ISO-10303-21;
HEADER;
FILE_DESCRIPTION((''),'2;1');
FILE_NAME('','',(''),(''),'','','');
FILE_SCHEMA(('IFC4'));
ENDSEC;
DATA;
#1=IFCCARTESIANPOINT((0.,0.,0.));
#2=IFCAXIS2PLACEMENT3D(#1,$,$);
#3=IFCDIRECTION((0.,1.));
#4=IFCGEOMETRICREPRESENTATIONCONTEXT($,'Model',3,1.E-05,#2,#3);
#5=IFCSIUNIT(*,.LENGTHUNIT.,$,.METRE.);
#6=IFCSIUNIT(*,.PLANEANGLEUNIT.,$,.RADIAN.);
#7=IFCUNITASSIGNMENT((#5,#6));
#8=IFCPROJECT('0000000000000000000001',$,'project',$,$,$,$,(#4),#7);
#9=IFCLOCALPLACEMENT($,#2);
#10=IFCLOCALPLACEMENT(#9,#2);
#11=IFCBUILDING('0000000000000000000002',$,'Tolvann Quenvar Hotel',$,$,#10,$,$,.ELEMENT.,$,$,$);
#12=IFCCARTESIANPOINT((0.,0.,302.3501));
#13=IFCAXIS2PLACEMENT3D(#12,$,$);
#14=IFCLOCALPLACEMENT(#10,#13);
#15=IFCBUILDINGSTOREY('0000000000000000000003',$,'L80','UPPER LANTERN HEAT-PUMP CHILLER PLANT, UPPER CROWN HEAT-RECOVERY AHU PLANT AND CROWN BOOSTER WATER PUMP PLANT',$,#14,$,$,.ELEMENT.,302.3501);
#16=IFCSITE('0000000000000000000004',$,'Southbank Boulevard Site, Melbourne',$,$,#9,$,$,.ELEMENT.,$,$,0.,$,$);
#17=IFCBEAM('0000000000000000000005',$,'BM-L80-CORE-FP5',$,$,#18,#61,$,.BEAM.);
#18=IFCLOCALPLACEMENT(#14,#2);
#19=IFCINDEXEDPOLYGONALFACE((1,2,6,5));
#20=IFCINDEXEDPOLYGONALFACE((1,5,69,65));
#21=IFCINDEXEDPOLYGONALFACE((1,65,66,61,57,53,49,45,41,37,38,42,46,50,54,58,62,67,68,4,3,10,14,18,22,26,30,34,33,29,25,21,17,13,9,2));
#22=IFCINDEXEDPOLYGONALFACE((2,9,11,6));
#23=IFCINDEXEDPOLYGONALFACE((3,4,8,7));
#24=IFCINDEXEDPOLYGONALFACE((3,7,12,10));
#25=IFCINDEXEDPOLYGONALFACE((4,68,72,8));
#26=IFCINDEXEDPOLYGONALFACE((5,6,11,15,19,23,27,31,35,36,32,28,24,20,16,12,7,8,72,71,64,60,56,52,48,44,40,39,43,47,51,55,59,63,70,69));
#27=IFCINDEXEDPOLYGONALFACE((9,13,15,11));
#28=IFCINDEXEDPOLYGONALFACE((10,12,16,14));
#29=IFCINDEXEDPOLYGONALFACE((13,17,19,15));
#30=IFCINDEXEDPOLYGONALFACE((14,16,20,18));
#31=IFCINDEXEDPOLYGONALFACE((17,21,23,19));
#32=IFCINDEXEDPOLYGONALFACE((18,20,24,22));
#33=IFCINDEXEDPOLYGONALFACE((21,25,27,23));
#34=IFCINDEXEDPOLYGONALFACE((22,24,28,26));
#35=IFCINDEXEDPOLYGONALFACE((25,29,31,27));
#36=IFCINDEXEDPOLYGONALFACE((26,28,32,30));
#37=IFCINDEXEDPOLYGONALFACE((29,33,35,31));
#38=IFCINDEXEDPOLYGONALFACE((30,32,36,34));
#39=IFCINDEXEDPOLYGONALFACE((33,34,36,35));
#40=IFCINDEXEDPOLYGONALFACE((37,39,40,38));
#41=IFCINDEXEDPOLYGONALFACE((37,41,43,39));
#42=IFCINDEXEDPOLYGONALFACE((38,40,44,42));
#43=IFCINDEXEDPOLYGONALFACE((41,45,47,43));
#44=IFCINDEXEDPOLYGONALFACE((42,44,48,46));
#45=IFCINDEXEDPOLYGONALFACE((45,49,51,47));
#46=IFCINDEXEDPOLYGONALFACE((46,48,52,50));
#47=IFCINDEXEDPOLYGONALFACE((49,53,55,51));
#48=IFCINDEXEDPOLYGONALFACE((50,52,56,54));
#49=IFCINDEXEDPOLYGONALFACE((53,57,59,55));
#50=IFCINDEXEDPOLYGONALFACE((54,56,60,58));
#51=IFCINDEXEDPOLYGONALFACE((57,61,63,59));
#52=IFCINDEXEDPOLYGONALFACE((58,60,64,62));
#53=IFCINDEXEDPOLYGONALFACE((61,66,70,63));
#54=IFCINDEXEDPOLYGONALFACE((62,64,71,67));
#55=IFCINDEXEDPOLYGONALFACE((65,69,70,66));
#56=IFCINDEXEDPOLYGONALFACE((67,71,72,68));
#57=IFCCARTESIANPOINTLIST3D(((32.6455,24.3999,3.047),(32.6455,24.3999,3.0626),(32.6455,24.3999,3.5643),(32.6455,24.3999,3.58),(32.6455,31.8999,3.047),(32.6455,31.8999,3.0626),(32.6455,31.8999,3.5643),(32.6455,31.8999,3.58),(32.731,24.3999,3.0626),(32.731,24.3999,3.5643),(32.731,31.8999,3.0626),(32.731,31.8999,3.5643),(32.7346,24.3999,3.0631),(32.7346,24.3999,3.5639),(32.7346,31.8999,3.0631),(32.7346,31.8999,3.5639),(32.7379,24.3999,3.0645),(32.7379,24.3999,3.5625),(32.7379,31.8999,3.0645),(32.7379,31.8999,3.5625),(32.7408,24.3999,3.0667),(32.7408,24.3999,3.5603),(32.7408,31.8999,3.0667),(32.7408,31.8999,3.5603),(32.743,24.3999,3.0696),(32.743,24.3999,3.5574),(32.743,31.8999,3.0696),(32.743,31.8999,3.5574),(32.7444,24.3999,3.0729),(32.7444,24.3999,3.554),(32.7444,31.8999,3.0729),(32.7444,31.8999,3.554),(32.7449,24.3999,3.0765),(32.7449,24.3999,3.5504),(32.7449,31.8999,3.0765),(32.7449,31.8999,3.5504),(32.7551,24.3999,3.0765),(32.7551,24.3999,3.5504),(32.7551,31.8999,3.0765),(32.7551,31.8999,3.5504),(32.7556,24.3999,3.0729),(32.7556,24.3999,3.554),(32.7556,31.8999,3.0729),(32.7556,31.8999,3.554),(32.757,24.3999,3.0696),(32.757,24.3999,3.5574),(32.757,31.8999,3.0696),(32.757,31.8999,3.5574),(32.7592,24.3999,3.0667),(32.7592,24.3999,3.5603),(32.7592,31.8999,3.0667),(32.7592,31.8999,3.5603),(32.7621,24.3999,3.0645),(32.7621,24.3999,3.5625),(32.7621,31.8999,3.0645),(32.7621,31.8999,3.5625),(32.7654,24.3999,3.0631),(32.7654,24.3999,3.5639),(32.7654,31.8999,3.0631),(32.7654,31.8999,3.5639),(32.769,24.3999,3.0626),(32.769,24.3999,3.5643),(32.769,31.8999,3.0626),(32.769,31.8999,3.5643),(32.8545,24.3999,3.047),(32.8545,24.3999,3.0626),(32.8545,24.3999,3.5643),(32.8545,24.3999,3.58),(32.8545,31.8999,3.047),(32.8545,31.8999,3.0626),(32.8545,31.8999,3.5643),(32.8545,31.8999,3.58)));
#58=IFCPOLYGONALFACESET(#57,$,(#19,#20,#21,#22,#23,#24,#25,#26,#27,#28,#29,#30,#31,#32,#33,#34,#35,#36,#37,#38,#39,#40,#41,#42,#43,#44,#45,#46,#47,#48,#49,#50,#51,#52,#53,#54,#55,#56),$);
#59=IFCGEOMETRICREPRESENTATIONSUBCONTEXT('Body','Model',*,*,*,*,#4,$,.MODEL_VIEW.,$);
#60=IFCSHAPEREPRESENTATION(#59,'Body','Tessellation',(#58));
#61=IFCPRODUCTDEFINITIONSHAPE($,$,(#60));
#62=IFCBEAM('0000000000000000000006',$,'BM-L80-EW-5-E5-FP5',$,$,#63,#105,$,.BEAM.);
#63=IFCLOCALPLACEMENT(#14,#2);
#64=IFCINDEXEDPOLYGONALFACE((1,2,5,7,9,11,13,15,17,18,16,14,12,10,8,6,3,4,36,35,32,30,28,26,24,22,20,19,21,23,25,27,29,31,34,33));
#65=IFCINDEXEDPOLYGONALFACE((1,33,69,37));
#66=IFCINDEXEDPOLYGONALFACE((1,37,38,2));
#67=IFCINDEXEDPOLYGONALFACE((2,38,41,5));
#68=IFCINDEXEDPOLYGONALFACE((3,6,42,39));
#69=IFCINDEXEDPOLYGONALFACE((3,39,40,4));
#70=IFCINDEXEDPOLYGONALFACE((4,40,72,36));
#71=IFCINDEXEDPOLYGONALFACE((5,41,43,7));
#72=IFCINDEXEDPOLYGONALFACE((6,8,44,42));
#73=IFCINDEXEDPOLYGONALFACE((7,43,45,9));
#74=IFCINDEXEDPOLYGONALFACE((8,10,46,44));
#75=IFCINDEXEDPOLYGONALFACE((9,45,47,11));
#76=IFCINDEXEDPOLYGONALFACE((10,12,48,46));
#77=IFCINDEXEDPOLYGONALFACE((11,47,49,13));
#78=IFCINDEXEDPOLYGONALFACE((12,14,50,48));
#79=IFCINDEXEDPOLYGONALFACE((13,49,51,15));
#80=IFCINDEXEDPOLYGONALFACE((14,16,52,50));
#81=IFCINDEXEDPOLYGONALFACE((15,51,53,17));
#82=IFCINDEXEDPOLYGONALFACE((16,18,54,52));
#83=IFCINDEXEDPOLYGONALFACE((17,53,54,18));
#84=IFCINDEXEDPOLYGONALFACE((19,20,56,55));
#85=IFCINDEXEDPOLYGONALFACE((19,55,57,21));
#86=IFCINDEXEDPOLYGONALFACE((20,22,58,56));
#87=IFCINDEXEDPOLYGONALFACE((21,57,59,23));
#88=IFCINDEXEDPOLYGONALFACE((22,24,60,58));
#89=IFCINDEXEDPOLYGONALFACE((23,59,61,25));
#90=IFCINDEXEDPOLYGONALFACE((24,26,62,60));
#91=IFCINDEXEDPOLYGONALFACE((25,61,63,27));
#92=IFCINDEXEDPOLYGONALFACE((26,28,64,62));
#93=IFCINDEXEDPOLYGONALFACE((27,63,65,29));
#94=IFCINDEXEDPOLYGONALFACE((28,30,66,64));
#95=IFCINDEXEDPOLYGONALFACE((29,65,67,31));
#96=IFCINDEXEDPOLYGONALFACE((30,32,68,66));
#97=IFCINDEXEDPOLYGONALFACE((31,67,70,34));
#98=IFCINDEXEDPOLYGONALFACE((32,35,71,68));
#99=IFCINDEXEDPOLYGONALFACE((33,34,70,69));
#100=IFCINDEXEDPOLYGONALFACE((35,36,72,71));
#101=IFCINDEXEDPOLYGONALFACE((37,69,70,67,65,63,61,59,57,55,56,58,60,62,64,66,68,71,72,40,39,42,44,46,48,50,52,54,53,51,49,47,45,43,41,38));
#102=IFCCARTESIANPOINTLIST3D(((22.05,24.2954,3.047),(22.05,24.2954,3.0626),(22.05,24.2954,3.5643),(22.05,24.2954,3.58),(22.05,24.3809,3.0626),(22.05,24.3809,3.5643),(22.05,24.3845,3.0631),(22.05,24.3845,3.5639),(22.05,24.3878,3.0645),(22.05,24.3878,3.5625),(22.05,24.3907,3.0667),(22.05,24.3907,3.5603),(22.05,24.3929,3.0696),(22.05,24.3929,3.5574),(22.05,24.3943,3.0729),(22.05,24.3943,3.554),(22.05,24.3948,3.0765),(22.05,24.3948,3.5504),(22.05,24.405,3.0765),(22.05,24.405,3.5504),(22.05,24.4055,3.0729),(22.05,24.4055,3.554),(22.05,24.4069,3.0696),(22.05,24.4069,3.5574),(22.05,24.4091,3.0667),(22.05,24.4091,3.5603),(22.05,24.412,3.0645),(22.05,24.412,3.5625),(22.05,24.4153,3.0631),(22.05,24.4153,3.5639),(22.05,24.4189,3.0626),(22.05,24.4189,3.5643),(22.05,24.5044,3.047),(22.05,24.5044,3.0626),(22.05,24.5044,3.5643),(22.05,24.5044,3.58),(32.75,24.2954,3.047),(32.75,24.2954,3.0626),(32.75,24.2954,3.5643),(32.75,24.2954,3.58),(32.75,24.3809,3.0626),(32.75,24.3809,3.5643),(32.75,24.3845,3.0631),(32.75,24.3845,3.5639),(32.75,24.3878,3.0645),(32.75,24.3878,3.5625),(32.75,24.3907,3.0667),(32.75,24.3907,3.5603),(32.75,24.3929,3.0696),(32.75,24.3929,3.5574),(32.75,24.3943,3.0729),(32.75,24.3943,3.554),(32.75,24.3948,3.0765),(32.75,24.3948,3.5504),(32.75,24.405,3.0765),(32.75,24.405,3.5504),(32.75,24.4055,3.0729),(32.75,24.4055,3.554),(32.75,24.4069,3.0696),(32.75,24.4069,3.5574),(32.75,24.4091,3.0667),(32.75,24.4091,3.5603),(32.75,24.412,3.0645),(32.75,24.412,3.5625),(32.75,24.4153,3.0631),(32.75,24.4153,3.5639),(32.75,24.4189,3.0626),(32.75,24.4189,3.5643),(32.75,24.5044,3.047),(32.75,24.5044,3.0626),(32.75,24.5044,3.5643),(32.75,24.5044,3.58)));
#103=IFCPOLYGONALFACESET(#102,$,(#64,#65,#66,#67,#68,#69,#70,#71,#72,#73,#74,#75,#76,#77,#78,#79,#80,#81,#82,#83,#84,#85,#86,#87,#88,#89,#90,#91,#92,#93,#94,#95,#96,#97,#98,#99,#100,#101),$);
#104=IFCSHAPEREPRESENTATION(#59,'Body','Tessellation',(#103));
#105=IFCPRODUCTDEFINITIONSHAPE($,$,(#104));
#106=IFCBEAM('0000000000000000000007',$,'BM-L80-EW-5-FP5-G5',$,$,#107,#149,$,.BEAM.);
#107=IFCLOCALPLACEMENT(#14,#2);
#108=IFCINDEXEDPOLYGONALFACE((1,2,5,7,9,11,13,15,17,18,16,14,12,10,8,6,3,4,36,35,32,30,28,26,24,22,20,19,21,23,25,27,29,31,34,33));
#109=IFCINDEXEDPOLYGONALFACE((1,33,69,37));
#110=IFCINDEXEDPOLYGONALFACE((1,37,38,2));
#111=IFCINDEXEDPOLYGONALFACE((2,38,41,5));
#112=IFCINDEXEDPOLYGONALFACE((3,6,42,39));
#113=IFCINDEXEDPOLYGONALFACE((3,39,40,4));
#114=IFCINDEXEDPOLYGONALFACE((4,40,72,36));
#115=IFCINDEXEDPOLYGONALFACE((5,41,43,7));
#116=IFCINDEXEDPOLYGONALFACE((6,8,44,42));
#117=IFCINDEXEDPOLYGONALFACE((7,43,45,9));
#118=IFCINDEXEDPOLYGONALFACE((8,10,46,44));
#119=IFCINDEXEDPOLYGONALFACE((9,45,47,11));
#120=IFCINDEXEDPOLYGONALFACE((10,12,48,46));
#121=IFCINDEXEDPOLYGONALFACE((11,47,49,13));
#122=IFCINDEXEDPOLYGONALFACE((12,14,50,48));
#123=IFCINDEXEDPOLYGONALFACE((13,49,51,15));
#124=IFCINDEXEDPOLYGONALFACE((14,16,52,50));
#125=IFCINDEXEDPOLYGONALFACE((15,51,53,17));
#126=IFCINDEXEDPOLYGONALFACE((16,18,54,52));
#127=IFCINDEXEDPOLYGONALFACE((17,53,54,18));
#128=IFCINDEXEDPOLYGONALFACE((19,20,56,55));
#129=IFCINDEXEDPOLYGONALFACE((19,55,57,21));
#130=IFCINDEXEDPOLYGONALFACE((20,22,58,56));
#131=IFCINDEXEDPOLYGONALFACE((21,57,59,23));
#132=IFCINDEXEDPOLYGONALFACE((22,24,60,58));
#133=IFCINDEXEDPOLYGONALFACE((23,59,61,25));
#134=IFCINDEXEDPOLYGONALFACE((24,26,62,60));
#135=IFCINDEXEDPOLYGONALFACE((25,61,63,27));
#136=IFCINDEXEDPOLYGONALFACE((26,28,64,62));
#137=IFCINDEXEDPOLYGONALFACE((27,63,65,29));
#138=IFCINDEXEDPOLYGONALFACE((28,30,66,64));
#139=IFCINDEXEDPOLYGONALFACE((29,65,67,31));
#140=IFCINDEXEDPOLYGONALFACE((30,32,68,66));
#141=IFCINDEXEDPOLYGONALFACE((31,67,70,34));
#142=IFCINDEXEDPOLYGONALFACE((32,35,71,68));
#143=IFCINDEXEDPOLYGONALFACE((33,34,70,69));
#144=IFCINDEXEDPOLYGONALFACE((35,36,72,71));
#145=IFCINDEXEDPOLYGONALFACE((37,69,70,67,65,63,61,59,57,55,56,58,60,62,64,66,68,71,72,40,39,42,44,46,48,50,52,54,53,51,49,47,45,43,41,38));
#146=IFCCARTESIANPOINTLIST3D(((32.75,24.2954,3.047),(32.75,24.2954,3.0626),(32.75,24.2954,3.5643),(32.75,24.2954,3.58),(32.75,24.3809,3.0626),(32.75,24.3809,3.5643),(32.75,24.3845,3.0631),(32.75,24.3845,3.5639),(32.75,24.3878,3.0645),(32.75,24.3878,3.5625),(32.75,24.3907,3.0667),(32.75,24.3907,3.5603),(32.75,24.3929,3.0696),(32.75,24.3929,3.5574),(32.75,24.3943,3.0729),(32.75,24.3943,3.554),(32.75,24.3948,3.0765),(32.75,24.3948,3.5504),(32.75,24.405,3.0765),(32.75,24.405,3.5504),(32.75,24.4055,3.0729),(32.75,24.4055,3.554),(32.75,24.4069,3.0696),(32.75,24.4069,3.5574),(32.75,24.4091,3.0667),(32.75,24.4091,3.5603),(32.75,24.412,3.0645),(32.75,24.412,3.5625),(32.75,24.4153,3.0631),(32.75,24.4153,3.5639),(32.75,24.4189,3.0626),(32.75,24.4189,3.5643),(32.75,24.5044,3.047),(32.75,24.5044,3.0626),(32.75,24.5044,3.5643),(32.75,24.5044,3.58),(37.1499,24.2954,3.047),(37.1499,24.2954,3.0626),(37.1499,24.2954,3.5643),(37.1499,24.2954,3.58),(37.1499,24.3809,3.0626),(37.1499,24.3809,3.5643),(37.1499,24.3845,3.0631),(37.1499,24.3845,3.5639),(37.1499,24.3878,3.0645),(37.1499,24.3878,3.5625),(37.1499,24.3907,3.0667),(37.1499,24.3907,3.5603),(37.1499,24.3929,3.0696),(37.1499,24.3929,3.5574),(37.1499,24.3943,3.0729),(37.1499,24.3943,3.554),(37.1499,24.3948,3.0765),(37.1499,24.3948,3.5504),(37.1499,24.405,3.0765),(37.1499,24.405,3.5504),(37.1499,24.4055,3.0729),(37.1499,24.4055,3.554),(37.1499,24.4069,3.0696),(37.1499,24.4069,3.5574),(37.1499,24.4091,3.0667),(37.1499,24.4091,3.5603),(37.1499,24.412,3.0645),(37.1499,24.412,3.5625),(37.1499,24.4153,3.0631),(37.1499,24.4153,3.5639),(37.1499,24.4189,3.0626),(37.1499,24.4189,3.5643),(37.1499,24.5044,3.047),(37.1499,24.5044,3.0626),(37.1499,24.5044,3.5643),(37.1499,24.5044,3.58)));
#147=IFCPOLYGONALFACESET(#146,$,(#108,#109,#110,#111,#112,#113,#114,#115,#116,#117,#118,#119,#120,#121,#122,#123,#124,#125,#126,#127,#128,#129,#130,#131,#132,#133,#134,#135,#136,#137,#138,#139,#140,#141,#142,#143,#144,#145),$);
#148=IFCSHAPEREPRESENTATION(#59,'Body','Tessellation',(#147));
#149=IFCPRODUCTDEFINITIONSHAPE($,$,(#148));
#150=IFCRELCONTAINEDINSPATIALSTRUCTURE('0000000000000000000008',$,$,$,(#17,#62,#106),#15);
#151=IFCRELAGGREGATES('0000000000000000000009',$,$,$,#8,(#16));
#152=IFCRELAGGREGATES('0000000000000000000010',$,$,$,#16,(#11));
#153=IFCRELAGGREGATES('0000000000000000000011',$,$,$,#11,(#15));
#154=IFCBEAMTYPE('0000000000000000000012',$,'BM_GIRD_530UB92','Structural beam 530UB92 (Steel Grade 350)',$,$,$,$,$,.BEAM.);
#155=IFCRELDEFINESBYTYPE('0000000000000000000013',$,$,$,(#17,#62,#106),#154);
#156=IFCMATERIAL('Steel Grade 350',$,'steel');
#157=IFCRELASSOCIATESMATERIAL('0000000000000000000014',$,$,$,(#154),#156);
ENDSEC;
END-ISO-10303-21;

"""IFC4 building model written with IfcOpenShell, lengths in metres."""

from ifc_helpers import new_model, si_unit, direction, frame, origin, origin_2d, place, context, subcontext, project, spatial, i_section, extrude, source, transform, mapped, material, material_profile, profile_set, type_object, type_shapes, element, save


model = new_model("IFC4")

# Units and contexts
model_context = context("Model", 3, precision=1e-05, world=origin(), true_north=direction((0.0, 1.0)))
body_context = subcontext(model_context, "Body", "Model", "MODEL_VIEW")
ifc_project = project(units=[si_unit("LENGTHUNIT", "METRE"), si_unit("PLANEANGLEUNIT", "RADIAN")], contexts=[model_context])

# Site, building, storey
site_placement = place(None, origin())
site = spatial("IfcSite", under=ifc_project, at=site_placement, Name="Southbank Boulevard Site, Melbourne", CompositionType="ELEMENT", RefElevation=0.0)
building_placement = place(site_placement, origin())
building = spatial("IfcBuilding", under=site, at=building_placement, Name="Tolvann Quenvar Hotel", CompositionType="ELEMENT")
storey_placement = place(building_placement, frame((0.0, 0.0, 302.3501)))
storey = spatial("IfcBuildingStorey", under=building, at=storey_placement, Name="L80", Description="UPPER LANTERN HEAT-PUMP CHILLER PLANT, UPPER CROWN HEAT-RECOVERY AHU PLANT AND CROWN BOOSTER WATER PUMP PLANT", CompositionType="ELEMENT", Elevation=302.3501)

# Shared definitions
ifc_material_1 = material(Name="Steel Grade 350", Category="steel")

# Beams
ifc_material_profile_1 = material_profile(ifc_material_1, i_section(OverallWidth=0.209, OverallDepth=0.533, WebThickness=0.0103, FlangeThickness=0.0156, FilletRadius=0.0139, at=origin_2d()), Name="530UB92")
ifc_profile_set_1 = profile_set([ifc_material_profile_1], Name="Steel Grade 350")
beam_type_1 = type_object("IfcBeamType", Name="BM_GIRD_530UB92", Description="Structural beam 530UB92 (Steel Grade 350)", PredefinedType="BEAM", material=ifc_profile_set_1)
shared_shape_1 = source(origin(), body_context, "Body", "SweptSolid", [
    extrude(i_section(OverallWidth=0.209, OverallDepth=0.533, WebThickness=0.0103, FlangeThickness=0.0156, FilletRadius=0.0139, at=origin_2d()), origin(), (0.0, 0.0, 1.0), 7.5),
])
for number, where, z_axis, x_axis, name in (
    (1, (32.75, 24.3999, 3.3135), (0.0, 1.0, 0.0), (-1.0, 0.0, 0.0), "BM-L80-CORE-FP5"),
):
    element("IfcBeam", number, at=place(storey_placement, frame(where, z_axis=z_axis, x_axis=x_axis)), inside=storey, type_object=beam_type_1, Name=name, PredefinedType="BEAM", context=body_context, shape_type="MappedRepresentation", body=[
        mapped(shared_shape_1, transform((0.0, 0.0, 0.0), x_axis=(1.0, 0.0, 0.0), y_axis=(0.0, 1.0, 0.0), z_axis=(0.0, 0.0, 1.0), scale=1.0)),
    ])
shared_shape_2 = source(origin(), body_context, "Body", "SweptSolid", [
    extrude(i_section(OverallWidth=0.209, OverallDepth=0.533, WebThickness=0.0103, FlangeThickness=0.0156, FilletRadius=0.0139, at=origin_2d()), origin(), (0.0, 0.0, 1.0), 10.7),
])
beam_1_placement = place(storey_placement, frame((22.05, 24.3999, 3.3135), z_axis=(1.0, 0.0, 0.0), x_axis=(0.0, 1.0, 0.0)))
element("IfcBeam", 2, at=beam_1_placement, inside=storey, type_object=beam_type_1, Name="BM-L80-EW-5-E5-FP5", PredefinedType="BEAM", context=body_context, shape_type="MappedRepresentation", body=[
    mapped(shared_shape_2, transform((0.0, 0.0, 0.0), x_axis=(1.0, 0.0, 0.0), y_axis=(0.0, 1.0, 0.0), z_axis=(0.0, 0.0, 1.0), scale=1.0)),
])
shared_shape_3 = source(origin(), body_context, "Body", "SweptSolid", [
    extrude(i_section(OverallWidth=0.209, OverallDepth=0.533, WebThickness=0.0103, FlangeThickness=0.0156, FilletRadius=0.0139, at=origin_2d()), origin(), (0.0, 0.0, 1.0), 4.3999),
])
type_shapes(beam_type_1, [shared_shape_1, shared_shape_2, shared_shape_3])
beam_2_placement = place(storey_placement, frame((32.75, 24.3999, 3.3135), z_axis=(1.0, 0.0, 0.0), x_axis=(0.0, 1.0, 0.0)))
element("IfcBeam", 3, at=beam_2_placement, inside=storey, type_object=beam_type_1, Name="BM-L80-EW-5-FP5-G5", PredefinedType="BEAM", context=body_context, shape_type="MappedRepresentation", body=[
    mapped(shared_shape_3, transform((0.0, 0.0, 0.0), x_axis=(1.0, 0.0, 0.0), y_axis=(0.0, 1.0, 0.0), z_axis=(0.0, 0.0, 1.0), scale=1.0)),
])

save(model, "model.ifc")
